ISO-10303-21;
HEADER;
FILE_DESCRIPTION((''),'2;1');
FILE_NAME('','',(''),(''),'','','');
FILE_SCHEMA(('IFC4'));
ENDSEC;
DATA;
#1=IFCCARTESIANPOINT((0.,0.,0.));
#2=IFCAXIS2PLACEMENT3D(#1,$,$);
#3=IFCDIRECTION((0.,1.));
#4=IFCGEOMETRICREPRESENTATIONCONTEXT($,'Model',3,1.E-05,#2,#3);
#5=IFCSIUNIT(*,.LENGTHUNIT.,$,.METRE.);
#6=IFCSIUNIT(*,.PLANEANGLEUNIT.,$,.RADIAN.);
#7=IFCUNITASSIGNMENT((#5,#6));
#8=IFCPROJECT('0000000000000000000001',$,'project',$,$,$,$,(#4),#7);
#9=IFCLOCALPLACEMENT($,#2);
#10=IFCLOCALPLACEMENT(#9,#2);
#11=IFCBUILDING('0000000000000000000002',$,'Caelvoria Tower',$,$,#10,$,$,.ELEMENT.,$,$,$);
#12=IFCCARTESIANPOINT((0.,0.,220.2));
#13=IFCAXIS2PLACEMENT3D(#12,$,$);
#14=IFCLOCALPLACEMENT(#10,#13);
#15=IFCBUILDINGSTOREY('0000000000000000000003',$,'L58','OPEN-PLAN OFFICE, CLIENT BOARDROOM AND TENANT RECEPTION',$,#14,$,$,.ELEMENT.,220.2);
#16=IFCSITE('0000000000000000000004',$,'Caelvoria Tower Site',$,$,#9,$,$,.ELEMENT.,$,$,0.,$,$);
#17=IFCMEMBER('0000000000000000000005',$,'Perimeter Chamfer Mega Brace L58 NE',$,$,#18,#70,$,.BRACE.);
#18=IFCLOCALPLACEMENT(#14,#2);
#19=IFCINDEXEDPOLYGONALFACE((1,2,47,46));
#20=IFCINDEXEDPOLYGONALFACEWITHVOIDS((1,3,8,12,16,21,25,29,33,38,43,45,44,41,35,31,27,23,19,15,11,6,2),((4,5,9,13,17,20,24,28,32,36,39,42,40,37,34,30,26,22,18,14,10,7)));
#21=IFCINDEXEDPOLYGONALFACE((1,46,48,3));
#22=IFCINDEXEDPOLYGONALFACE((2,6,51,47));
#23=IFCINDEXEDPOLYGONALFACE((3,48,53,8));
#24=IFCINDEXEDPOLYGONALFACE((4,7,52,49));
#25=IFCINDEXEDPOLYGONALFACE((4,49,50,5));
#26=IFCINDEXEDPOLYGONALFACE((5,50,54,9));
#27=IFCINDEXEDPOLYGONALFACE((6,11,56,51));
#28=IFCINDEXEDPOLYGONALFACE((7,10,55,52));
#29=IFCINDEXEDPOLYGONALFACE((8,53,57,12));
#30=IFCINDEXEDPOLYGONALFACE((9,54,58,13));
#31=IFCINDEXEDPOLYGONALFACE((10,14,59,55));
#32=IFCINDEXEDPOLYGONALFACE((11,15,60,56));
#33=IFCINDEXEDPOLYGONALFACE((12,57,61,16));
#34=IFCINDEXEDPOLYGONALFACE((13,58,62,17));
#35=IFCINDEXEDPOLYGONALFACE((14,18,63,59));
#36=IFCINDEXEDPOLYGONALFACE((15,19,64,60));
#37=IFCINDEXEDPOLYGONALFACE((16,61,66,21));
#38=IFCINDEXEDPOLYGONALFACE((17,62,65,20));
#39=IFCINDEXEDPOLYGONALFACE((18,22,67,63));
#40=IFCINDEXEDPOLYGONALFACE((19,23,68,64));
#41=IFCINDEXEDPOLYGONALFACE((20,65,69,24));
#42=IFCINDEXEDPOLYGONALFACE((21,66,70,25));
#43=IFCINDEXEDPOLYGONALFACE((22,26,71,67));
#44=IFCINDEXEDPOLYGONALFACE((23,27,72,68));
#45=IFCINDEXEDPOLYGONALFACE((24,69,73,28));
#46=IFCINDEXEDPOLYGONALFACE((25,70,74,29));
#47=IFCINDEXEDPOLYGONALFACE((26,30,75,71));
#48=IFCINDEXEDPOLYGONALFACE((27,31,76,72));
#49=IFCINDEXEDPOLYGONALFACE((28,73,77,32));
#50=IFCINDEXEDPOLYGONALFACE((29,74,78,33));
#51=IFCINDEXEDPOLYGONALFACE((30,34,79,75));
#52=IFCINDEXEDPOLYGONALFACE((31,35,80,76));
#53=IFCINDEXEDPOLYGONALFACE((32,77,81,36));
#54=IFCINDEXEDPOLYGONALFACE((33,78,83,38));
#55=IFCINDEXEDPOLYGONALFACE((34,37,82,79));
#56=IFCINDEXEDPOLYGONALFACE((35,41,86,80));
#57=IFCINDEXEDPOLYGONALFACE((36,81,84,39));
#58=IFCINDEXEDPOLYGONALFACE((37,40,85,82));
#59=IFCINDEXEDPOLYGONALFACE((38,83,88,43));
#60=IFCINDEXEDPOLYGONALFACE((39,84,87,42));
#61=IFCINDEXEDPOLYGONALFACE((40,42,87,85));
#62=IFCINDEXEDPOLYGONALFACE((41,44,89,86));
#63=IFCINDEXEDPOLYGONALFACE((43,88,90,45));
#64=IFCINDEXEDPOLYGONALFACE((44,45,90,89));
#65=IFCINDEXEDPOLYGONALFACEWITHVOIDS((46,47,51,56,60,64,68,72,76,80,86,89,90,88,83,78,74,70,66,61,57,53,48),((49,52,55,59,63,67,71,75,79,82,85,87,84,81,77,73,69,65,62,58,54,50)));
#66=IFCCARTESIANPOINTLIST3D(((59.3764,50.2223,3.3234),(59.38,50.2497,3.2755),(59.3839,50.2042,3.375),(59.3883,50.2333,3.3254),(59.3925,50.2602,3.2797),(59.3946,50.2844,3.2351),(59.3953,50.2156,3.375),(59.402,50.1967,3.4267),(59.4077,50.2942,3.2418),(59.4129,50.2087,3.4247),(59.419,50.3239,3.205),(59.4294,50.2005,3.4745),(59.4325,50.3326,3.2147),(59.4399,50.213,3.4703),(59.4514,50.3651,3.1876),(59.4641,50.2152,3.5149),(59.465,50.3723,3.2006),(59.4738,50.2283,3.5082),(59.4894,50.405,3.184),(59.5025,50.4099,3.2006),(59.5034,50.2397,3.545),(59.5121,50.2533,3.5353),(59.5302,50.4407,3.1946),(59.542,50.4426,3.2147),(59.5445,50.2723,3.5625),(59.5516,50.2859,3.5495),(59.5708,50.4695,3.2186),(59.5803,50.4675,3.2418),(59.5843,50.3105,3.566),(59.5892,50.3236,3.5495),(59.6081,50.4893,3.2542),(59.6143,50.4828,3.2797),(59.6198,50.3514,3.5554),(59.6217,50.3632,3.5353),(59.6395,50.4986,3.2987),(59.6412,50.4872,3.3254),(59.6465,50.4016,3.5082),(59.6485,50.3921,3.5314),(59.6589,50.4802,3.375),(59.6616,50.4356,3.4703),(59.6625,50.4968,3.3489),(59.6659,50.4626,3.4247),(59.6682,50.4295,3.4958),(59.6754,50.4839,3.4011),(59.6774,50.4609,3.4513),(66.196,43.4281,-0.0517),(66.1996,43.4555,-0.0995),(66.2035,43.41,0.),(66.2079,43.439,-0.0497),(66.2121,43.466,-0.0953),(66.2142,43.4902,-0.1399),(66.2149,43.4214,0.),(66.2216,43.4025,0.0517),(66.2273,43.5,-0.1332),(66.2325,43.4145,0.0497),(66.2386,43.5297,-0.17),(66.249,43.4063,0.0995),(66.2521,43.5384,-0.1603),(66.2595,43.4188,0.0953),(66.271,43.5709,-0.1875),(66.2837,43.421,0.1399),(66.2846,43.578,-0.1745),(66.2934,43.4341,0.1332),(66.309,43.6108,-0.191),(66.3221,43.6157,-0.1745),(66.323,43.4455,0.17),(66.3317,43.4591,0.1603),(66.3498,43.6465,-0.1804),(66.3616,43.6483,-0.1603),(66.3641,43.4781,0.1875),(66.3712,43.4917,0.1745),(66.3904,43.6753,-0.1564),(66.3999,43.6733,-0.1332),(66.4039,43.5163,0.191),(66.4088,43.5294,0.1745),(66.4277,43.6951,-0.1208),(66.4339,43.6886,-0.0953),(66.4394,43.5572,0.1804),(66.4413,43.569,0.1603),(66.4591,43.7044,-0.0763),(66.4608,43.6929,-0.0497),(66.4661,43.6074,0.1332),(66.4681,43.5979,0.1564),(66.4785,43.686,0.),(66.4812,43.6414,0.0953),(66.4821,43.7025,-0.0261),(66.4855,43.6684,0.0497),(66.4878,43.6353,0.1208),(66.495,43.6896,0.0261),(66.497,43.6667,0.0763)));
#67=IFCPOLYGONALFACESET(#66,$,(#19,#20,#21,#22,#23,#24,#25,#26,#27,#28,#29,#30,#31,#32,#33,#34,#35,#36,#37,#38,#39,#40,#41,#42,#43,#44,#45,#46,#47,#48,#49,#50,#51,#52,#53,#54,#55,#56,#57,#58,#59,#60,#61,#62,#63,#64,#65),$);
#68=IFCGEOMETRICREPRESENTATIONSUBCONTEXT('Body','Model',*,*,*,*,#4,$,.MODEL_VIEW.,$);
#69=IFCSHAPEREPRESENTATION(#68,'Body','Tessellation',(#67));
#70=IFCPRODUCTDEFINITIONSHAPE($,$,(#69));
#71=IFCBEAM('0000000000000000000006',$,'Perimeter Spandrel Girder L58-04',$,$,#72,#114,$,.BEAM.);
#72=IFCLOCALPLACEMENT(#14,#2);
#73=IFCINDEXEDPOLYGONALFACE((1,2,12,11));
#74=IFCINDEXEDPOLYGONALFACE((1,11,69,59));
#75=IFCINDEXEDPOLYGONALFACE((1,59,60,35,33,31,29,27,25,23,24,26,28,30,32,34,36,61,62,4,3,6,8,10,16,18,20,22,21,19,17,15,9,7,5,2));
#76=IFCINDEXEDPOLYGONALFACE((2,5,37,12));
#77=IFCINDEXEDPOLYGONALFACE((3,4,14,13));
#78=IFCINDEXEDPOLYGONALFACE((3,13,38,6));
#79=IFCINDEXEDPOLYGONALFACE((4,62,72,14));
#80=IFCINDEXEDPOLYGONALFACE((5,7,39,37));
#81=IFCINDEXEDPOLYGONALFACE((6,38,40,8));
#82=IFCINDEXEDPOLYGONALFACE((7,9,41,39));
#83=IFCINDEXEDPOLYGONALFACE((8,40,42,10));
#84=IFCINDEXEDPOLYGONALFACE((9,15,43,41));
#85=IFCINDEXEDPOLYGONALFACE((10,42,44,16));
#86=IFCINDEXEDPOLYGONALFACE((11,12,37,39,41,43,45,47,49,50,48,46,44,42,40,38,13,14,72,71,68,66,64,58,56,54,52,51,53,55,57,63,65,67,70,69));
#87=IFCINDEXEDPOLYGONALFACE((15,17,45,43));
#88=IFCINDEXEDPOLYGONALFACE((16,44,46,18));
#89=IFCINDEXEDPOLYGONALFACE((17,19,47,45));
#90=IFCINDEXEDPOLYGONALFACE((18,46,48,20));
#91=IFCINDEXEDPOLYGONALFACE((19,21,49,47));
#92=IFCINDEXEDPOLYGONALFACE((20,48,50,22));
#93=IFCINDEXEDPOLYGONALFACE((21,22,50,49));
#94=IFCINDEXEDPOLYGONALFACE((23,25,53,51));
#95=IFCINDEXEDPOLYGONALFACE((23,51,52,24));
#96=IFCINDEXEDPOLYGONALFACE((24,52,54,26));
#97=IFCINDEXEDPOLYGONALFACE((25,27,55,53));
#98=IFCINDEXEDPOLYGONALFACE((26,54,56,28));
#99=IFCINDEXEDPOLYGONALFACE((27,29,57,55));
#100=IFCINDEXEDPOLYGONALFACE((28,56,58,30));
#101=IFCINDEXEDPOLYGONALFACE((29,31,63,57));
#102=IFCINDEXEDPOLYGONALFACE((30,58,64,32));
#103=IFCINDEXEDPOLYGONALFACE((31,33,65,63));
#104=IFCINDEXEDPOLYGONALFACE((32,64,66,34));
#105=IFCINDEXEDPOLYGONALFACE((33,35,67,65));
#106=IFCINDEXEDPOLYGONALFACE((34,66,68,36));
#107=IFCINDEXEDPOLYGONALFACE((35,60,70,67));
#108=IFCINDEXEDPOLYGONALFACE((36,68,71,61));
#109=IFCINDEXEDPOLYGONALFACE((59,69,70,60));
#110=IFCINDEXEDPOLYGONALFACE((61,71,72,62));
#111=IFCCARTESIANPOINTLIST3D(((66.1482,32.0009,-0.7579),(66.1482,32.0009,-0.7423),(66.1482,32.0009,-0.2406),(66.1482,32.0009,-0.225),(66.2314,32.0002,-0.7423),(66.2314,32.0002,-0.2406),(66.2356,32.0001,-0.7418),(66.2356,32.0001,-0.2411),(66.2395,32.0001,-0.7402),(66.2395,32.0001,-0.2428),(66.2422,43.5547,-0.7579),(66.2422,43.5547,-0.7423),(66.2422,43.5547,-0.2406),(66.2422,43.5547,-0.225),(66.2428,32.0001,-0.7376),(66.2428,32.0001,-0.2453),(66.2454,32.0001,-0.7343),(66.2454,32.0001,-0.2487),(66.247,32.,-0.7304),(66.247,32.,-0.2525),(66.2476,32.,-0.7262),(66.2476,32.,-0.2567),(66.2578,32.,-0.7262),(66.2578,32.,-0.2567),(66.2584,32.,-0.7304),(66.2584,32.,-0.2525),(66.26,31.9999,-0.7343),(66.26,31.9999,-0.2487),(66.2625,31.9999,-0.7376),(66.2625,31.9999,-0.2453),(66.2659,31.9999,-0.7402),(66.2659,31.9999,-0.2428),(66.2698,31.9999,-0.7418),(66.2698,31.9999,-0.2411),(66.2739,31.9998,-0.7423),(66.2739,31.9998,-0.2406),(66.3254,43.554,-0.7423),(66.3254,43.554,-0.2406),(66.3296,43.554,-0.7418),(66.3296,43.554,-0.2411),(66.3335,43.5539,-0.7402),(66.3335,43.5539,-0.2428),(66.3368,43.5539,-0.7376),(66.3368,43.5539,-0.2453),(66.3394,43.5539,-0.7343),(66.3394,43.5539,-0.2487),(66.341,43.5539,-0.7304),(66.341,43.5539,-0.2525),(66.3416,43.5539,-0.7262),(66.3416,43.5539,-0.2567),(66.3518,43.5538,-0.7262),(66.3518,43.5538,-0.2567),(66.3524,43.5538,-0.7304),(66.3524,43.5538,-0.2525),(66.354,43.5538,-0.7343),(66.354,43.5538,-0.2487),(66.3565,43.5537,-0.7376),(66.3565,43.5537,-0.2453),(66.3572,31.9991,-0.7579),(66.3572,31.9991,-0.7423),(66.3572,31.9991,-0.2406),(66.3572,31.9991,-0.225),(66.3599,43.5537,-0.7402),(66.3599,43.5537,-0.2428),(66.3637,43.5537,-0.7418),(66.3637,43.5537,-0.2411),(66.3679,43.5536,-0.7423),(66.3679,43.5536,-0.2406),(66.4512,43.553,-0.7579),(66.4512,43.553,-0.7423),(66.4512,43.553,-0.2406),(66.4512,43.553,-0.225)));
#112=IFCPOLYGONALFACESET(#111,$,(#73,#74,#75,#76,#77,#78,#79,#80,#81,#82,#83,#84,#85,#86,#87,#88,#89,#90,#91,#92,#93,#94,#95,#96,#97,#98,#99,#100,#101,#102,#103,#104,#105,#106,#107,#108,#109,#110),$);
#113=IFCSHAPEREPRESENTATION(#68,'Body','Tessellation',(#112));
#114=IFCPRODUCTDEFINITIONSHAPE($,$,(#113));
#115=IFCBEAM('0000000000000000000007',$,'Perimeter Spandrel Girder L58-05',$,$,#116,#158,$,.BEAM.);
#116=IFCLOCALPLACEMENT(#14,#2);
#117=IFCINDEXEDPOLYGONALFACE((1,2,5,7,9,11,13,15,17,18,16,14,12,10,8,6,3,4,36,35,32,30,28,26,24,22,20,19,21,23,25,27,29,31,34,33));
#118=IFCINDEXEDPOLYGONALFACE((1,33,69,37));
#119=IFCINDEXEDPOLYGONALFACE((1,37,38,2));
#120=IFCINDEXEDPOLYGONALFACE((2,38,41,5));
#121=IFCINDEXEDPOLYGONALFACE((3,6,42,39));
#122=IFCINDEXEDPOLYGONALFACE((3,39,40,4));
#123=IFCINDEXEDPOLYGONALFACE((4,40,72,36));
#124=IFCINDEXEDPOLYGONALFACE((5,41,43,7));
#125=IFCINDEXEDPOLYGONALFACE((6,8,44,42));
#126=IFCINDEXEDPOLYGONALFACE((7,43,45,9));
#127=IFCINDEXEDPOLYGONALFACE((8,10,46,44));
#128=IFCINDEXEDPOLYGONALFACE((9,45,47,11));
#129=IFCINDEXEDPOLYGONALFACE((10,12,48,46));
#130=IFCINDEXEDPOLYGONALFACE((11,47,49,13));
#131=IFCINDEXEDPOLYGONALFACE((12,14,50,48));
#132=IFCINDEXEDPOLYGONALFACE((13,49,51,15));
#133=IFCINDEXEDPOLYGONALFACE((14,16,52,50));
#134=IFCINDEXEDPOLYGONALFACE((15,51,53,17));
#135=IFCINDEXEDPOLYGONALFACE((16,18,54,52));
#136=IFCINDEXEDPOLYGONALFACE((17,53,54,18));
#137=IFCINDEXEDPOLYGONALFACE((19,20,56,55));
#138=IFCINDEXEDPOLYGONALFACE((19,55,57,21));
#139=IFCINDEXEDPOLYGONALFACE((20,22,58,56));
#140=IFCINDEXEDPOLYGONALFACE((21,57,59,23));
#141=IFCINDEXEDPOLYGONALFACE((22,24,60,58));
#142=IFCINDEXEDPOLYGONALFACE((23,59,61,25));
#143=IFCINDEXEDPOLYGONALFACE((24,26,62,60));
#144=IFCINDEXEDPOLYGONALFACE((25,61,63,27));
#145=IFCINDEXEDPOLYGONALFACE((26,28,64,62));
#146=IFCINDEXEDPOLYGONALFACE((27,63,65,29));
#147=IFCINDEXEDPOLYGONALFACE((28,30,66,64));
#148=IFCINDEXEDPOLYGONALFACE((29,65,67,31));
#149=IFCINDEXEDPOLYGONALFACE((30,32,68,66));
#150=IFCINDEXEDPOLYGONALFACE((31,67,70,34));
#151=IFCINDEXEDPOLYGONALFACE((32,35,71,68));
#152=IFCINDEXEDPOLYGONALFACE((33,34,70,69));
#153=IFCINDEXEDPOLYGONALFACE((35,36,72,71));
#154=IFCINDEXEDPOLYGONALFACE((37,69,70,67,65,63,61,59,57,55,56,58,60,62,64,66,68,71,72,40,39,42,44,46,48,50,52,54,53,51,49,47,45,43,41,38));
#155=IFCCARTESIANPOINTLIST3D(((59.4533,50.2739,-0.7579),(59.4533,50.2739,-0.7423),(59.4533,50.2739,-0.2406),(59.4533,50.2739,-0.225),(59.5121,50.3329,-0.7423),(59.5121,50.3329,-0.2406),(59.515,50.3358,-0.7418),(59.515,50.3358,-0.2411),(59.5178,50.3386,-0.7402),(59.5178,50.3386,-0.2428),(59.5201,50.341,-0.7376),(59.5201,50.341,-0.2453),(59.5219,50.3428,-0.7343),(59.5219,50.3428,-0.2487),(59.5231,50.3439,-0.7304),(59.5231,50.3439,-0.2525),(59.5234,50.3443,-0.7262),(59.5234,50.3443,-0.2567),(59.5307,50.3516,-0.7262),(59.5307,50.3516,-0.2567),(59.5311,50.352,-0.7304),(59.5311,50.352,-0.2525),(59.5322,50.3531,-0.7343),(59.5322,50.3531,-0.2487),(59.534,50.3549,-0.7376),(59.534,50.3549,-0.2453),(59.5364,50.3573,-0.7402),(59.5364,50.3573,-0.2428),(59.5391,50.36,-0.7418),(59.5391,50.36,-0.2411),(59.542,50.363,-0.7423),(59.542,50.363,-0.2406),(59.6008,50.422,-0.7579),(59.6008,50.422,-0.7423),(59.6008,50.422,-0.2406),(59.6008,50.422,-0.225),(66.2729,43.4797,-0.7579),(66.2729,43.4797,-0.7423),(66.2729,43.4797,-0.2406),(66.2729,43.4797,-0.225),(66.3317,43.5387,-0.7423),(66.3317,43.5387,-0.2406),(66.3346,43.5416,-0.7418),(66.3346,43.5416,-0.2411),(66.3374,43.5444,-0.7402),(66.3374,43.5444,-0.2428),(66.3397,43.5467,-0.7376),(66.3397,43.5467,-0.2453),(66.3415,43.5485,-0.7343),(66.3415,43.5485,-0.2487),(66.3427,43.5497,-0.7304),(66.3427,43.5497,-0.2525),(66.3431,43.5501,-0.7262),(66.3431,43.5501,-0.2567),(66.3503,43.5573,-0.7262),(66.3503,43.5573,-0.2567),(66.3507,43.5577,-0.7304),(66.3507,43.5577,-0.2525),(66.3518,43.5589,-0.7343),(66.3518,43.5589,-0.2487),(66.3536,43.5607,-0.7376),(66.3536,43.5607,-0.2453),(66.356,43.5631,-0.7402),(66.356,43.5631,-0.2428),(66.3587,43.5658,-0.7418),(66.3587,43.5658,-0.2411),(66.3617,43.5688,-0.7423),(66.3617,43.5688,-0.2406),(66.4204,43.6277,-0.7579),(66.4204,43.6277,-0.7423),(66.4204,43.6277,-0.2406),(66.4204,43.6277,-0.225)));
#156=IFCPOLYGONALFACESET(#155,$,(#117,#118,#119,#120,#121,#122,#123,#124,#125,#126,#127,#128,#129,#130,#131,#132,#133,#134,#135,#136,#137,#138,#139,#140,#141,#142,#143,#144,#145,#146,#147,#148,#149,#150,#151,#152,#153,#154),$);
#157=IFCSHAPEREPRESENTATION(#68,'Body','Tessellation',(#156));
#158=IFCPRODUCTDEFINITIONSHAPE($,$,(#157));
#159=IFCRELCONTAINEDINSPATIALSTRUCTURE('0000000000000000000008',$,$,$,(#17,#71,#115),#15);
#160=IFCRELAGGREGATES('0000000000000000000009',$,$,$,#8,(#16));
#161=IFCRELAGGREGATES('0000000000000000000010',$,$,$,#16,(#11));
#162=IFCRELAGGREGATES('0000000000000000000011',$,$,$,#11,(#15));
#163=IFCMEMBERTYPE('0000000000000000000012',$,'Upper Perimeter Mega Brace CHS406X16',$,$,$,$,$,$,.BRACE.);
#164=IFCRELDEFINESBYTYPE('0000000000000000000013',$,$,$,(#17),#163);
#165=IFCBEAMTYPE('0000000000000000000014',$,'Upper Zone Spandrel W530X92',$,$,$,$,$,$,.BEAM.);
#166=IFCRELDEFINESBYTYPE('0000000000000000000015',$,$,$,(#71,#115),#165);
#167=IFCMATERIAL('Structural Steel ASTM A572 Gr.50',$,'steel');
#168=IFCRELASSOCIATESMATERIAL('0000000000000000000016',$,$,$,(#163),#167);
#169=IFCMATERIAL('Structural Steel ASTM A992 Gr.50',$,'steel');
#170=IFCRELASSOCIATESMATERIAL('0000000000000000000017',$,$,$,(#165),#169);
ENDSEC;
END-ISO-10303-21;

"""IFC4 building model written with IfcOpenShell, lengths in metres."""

from ifc_helpers import new_model, si_unit, direction, frame, origin, origin_2d, place, context, subcontext, project, spatial, hollow_circle, i_section, extrude, material, material_profile, profile_set, type_object, element, save


model = new_model("IFC4")

# Units and contexts
model_context = context("Model", 3, precision=1e-05, world=origin(), true_north=direction((0.0, 1.0)))
body_context = subcontext(model_context, "Body", "Model", "MODEL_VIEW")
ifc_project = project(units=[si_unit("LENGTHUNIT", "METRE"), si_unit("PLANEANGLEUNIT", "RADIAN")], contexts=[model_context])

# Site, building, storey
site_placement = place(None, origin())
site = spatial("IfcSite", under=ifc_project, at=site_placement, Name="Caelvoria Tower Site", CompositionType="ELEMENT", RefElevation=0.0)
building_placement = place(site_placement, origin())
building = spatial("IfcBuilding", under=site, at=building_placement, Name="Caelvoria Tower", CompositionType="ELEMENT")
storey_placement = place(building_placement, frame((0.0, 0.0, 220.2)))
storey = spatial("IfcBuildingStorey", under=building, at=storey_placement, Name="L58", Description="OPEN-PLAN OFFICE, CLIENT BOARDROOM AND TENANT RECEPTION", CompositionType="ELEMENT", Elevation=220.2)

# Shared definitions
ifc_material_1 = material(Name="Structural Steel ASTM A572 Gr.50", Category="steel")

# Shared definitions
ifc_material_2 = material(Name="Structural Steel ASTM A992 Gr.50", Category="steel")

# Member
ifc_material_profile_1 = material_profile(ifc_material_1, hollow_circle(Radius=0.2029, WallThickness=0.0161, at=origin_2d()), Name="Structural Steel ASTM A572 Gr.50")
ifc_profile_set_1 = profile_set([ifc_material_profile_1], Name="CHS406X16 - Structural Steel ASTM A572 Gr.50")
member_type = type_object("IfcMemberType", Name="Upper Perimeter Mega Brace CHS406X16", PredefinedType="BRACE", material=ifc_profile_set_1)
member_placement = place(storey_placement, frame((66.3467, 43.5537, 0.0), z_axis=(-0.668527, 0.666038, 0.330853), x_axis=(-0.705787, -0.708424, 0.0)))
element("IfcMember", 1, at=member_placement, inside=storey, type_object=member_type, Name="Perimeter Chamfer Mega Brace L58 NE", PredefinedType="BRACE", context=body_context, shape_type="SweptSolid", body=[
    extrude(hollow_circle(Radius=0.2029, WallThickness=0.0161, at=origin_2d()), origin(), (0.0, 0.0, 1.0), 10.2009),
])

# Beams
ifc_material_profile_2 = material_profile(ifc_material_2, i_section(OverallWidth=0.209, OverallDepth=0.533, WebThickness=0.0103, FlangeThickness=0.0156, FilletRadius=0.0161, at=origin_2d()), Name="Structural Steel ASTM A992 Gr.50")
ifc_profile_set_2 = profile_set([ifc_material_profile_2], Name="W530X92 - Structural Steel ASTM A992 Gr.50")
beam_type_1 = type_object("IfcBeamType", Name="Upper Zone Spandrel W530X92", PredefinedType="BEAM", material=ifc_profile_set_2)
beam_1_placement = place(storey_placement, frame((66.2527, 32.0, -0.4915), z_axis=(0.008135, 0.999967, 0.0), x_axis=(-0.999967, 0.008135, 0.0)))
element("IfcBeam", 2, at=beam_1_placement, inside=storey, type_object=beam_type_1, Name="Perimeter Spandrel Girder L58-04", PredefinedType="BEAM", context=body_context, shape_type="SweptSolid", body=[
    extrude(i_section(OverallWidth=0.209, OverallDepth=0.533, WebThickness=0.0103, FlangeThickness=0.0156, FilletRadius=0.0161, at=origin_2d()), origin(), (0.0, 0.0, 1.0), 11.5542),
])
beam_2_placement = place(storey_placement, frame((66.3467, 43.5537, -0.4915), z_axis=(-0.708424, 0.705787, 0.0), x_axis=(-0.705787, -0.708424, 0.0)))
element("IfcBeam", 3, at=beam_2_placement, inside=storey, type_object=beam_type_1, Name="Perimeter Spandrel Girder L58-05", PredefinedType="BEAM", context=body_context, shape_type="SweptSolid", body=[
    extrude(i_section(OverallWidth=0.209, OverallDepth=0.533, WebThickness=0.0103, FlangeThickness=0.0156, FilletRadius=0.0161, at=origin_2d()), origin(), (0.0, 0.0, 1.0), 9.6265),
])

save(model, "model.ifc")
